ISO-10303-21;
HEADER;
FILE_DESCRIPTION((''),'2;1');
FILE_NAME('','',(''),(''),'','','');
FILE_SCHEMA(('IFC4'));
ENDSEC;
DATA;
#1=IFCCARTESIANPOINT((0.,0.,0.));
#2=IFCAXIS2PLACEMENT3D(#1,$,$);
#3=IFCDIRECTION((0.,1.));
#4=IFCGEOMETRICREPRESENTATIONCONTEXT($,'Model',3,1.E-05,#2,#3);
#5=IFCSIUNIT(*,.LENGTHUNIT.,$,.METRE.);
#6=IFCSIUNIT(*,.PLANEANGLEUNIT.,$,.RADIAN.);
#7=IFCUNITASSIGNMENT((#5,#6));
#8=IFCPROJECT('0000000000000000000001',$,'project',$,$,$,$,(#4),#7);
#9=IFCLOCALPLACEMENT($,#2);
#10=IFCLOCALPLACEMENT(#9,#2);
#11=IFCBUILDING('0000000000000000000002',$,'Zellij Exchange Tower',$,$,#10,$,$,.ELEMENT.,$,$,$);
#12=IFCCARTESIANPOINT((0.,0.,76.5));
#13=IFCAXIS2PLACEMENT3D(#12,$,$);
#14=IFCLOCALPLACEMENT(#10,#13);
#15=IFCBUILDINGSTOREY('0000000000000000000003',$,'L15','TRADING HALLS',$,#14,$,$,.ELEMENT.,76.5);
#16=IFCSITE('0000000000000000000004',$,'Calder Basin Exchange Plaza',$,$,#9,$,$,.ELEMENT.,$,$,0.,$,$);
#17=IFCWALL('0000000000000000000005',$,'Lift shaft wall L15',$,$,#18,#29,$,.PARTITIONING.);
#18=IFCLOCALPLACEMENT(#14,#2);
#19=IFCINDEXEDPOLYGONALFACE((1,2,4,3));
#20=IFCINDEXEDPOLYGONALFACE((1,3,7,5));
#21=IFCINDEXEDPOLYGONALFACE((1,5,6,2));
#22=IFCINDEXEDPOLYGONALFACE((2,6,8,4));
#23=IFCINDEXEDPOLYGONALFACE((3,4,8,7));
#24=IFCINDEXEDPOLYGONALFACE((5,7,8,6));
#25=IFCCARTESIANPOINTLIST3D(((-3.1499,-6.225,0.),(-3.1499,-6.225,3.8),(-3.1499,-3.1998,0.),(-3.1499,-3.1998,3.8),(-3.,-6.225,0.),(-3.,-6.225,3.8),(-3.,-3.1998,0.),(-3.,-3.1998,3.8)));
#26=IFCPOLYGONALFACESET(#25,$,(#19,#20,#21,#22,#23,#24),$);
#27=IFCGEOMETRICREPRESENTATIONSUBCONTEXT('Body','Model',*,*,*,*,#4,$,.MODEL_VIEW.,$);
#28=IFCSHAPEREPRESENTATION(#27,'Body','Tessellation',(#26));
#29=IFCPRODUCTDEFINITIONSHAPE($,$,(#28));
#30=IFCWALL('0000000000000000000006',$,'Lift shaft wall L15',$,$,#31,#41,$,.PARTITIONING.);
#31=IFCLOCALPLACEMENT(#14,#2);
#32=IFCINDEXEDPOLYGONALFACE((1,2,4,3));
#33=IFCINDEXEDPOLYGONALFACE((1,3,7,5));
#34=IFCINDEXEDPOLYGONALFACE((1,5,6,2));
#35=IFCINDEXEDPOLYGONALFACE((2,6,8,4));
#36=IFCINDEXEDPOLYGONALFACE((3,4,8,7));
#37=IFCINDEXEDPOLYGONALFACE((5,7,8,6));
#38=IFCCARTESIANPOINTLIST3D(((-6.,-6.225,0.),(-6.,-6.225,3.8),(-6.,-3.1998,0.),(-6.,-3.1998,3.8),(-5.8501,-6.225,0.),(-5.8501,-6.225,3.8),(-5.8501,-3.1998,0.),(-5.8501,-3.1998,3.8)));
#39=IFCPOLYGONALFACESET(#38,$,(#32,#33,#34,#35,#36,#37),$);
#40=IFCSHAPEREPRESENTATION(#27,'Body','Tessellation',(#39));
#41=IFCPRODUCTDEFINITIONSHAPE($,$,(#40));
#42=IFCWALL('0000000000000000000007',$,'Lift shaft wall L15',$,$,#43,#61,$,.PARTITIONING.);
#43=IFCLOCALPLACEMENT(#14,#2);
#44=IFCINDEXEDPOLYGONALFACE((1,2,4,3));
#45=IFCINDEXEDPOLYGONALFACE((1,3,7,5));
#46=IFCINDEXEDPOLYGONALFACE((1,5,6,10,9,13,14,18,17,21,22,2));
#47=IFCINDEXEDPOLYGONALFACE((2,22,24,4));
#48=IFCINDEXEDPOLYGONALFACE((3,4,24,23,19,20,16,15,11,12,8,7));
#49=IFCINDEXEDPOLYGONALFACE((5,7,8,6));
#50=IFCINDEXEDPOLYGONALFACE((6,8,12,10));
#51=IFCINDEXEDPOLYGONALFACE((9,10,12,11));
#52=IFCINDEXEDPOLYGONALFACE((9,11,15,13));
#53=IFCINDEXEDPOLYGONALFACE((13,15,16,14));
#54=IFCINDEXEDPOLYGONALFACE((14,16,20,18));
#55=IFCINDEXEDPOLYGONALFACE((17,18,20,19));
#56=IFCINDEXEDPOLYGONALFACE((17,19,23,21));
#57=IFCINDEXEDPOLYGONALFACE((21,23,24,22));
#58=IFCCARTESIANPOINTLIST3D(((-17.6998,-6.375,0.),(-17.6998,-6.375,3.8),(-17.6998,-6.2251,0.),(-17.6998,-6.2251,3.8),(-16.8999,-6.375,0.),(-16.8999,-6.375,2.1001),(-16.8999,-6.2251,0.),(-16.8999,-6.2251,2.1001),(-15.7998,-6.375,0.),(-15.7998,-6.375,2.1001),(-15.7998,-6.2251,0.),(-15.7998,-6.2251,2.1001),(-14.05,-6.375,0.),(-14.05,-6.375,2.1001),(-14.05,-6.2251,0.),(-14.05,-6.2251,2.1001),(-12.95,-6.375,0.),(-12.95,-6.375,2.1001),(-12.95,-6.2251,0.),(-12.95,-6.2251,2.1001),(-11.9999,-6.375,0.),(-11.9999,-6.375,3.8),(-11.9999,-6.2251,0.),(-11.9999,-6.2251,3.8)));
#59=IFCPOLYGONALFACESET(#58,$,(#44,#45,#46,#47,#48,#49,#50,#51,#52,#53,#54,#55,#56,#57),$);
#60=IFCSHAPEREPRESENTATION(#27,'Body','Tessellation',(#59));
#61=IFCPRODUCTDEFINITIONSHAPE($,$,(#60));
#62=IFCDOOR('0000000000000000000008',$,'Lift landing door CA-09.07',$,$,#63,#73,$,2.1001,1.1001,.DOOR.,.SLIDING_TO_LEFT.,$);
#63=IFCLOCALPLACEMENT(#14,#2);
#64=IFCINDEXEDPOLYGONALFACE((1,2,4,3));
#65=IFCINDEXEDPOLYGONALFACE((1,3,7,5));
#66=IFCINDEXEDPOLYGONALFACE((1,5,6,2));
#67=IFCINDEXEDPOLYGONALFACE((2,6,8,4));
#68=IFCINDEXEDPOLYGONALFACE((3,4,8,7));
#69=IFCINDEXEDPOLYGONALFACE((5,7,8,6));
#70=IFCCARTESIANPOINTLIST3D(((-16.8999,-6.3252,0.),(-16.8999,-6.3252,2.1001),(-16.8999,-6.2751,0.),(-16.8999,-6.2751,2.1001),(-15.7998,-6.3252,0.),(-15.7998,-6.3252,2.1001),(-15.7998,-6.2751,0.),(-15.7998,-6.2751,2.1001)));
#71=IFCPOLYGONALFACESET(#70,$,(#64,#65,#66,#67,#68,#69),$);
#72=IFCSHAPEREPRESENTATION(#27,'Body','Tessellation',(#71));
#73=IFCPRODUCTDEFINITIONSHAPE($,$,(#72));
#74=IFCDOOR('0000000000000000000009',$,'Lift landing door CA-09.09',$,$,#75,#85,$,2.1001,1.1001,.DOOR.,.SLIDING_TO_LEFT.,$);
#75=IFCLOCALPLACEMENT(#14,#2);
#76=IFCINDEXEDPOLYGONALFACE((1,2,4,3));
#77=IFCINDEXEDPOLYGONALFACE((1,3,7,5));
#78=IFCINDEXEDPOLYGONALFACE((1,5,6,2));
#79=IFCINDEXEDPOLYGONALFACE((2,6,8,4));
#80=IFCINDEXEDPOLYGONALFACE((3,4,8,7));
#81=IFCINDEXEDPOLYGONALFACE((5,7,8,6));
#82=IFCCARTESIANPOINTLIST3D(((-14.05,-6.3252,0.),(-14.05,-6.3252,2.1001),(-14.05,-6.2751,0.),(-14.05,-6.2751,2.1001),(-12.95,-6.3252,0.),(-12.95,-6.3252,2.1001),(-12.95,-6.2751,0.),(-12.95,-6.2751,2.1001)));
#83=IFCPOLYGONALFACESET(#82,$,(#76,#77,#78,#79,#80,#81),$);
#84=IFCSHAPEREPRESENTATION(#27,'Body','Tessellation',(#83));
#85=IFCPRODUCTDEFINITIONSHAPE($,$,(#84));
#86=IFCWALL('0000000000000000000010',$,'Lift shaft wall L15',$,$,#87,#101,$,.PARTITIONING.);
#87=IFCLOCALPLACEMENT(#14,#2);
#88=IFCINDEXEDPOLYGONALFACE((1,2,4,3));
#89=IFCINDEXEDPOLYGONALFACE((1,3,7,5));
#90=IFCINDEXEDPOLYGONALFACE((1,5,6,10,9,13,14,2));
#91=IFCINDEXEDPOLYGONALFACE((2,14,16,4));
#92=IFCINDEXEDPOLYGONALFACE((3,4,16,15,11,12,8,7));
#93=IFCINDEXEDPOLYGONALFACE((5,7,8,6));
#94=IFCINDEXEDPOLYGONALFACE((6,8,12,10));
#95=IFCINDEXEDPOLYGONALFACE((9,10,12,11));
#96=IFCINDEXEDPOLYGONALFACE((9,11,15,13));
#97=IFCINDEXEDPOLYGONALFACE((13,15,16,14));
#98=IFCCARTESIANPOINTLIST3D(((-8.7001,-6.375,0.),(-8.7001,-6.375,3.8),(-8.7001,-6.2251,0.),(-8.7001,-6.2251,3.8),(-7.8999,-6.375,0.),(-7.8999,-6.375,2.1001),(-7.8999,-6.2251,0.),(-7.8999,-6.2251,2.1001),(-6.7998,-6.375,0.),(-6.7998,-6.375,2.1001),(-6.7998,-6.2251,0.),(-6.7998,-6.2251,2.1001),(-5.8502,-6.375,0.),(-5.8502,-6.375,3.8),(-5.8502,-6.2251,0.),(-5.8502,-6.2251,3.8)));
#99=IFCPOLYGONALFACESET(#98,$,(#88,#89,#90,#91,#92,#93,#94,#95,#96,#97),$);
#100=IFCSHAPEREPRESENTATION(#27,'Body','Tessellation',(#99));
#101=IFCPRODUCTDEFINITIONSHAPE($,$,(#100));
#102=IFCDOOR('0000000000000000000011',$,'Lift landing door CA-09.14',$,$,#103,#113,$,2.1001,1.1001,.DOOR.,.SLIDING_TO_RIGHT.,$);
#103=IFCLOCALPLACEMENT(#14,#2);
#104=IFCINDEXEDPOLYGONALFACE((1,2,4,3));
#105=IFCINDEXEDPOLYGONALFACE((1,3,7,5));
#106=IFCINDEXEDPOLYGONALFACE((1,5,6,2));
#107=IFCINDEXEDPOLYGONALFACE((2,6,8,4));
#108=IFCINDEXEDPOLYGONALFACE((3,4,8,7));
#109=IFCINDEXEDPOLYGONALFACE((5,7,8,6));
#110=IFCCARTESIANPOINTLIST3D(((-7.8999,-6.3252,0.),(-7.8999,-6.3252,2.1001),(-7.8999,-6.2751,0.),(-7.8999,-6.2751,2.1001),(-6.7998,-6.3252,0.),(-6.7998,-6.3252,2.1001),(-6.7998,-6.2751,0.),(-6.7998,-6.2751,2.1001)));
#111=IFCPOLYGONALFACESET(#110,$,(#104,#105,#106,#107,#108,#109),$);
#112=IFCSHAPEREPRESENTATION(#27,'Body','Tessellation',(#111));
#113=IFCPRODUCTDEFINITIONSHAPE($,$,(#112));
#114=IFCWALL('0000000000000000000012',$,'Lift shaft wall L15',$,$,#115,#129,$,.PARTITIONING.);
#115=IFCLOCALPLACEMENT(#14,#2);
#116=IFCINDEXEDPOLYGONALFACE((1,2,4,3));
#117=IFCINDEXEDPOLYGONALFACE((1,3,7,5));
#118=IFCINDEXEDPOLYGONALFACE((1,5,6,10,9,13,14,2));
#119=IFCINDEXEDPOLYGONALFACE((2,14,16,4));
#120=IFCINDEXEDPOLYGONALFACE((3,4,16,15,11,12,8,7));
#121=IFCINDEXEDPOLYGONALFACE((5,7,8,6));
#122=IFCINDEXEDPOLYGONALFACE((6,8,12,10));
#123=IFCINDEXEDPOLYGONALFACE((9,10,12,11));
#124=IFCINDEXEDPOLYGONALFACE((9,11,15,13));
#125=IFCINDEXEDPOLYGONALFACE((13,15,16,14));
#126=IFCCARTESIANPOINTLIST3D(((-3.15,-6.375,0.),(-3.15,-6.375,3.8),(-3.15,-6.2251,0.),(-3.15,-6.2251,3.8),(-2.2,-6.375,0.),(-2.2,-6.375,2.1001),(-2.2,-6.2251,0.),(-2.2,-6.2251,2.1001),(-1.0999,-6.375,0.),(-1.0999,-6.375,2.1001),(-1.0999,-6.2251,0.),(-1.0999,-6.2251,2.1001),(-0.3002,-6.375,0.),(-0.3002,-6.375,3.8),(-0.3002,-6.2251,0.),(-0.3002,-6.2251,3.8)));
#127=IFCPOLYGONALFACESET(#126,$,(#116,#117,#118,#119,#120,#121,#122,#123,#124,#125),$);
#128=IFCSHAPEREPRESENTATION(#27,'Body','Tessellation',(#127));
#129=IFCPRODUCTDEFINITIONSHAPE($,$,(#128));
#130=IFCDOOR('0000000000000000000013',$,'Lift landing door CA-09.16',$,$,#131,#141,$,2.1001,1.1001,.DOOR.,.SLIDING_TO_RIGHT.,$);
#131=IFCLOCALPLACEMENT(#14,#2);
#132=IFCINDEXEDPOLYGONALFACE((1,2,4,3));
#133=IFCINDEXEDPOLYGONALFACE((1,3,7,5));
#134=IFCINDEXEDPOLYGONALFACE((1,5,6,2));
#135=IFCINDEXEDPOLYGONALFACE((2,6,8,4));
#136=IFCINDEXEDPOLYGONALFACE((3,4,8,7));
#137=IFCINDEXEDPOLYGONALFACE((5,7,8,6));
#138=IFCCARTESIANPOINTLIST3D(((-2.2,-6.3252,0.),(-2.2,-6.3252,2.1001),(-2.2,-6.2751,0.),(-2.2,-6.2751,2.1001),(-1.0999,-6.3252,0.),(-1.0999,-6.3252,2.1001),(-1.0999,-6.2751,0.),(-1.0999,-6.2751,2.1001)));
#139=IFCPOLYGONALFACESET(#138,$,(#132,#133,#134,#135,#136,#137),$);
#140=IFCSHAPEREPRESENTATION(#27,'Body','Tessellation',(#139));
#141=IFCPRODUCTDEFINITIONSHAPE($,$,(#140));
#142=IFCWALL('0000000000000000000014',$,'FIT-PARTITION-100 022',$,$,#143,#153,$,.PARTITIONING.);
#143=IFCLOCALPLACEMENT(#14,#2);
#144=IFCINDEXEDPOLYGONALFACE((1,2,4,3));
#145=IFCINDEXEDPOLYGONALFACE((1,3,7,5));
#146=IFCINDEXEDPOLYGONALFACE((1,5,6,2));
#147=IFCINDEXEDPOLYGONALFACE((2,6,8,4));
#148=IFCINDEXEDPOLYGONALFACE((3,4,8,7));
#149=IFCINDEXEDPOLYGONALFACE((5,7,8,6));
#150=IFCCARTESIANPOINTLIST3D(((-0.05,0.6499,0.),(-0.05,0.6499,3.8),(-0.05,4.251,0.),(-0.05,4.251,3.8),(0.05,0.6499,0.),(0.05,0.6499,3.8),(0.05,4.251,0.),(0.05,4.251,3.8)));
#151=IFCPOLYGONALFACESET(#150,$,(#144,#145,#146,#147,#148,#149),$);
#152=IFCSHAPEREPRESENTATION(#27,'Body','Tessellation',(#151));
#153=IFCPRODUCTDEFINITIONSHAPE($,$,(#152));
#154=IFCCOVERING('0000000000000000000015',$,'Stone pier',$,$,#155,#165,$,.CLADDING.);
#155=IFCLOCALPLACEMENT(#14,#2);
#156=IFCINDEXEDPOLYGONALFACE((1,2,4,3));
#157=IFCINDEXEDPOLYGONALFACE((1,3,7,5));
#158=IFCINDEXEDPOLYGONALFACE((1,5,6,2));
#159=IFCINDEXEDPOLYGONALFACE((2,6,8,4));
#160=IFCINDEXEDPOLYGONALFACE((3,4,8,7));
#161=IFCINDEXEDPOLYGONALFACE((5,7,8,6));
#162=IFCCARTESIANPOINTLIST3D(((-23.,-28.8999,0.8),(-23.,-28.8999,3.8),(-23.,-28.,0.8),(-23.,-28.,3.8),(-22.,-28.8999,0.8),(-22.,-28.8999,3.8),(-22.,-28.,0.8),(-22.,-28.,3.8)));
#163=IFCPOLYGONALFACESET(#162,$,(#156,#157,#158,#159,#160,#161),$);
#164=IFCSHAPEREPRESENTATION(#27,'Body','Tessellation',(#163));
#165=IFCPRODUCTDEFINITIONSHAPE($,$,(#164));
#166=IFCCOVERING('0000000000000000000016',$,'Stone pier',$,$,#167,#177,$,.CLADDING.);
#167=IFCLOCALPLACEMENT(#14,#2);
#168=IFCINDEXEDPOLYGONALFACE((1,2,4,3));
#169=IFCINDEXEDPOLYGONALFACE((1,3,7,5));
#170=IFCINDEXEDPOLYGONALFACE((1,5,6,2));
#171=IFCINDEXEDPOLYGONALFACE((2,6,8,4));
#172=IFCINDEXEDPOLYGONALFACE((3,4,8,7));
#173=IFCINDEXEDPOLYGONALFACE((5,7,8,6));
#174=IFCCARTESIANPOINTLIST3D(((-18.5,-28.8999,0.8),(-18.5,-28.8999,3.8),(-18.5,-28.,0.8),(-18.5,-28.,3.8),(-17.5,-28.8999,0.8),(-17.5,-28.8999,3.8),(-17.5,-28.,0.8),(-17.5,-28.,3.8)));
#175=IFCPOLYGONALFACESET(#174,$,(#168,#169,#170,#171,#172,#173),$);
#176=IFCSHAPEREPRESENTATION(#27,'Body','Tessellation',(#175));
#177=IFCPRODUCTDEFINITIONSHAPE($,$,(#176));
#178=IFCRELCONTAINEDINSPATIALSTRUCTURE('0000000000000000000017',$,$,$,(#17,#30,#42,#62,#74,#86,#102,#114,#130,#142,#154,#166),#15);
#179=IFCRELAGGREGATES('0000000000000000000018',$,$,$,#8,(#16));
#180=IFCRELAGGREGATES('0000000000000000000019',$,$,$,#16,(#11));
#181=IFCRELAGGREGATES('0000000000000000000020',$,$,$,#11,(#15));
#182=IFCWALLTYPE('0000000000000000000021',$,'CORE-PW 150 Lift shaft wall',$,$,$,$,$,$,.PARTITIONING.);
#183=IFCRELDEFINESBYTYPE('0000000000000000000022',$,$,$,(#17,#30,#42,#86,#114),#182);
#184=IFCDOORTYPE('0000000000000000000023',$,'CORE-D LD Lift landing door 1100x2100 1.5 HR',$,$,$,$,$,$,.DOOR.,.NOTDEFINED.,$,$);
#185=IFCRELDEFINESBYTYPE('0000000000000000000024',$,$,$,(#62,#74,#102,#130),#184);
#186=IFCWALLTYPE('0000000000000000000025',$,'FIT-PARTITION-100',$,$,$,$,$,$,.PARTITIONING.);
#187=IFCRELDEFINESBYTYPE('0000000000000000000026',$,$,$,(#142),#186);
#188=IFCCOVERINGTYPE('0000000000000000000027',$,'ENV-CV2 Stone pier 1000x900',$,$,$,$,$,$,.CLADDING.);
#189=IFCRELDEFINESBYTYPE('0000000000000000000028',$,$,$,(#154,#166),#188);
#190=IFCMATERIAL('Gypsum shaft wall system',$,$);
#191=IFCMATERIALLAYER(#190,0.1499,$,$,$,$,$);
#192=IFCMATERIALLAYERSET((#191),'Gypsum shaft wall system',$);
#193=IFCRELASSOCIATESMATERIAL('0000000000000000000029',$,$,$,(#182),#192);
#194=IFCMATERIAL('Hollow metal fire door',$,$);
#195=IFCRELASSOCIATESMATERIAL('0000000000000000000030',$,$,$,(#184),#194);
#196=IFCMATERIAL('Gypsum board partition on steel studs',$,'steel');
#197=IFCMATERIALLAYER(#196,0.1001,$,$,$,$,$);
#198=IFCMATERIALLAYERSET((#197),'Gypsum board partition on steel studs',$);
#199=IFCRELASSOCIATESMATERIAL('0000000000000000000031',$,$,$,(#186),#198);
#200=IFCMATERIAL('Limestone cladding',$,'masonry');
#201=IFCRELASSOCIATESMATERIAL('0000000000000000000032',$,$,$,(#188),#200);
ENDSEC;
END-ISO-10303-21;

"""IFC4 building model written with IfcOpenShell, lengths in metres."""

from ifc_helpers import new_model, si_unit, direction, frame, frame_2d, origin, place, context, subcontext, project, spatial, polyline, rectangle, outline, extrude, material, layer, layer_set, type_object, element, fill, save


model = new_model("IFC4")

# Units and contexts
model_context = context("Model", 3, precision=1e-05, world=origin(), true_north=direction((0.0, 1.0)))
body_context = subcontext(model_context, "Body", "Model", "MODEL_VIEW")
ifc_project = project(units=[si_unit("LENGTHUNIT", "METRE"), si_unit("PLANEANGLEUNIT", "RADIAN")], contexts=[model_context])

# Site, building, storey
site_placement = place(None, origin())
site = spatial("IfcSite", under=ifc_project, at=site_placement, Name="Calder Basin Exchange Plaza", CompositionType="ELEMENT", RefElevation=0.0)
building_placement = place(site_placement, origin())
building = spatial("IfcBuilding", under=site, at=building_placement, Name="Zellij Exchange Tower", CompositionType="ELEMENT")
storey_placement = place(building_placement, frame((0.0, 0.0, 76.5)))
storey = spatial("IfcBuildingStorey", under=building, at=storey_placement, Name="L15", Description="TRADING HALLS", CompositionType="ELEMENT", Elevation=76.5)

# Walls
ifc_material_1 = material(Name="Gypsum shaft wall system")
ifc_layer_1 = layer(ifc_material_1, 0.1499)
ifc_layer_set_1 = layer_set([ifc_layer_1], Name="Gypsum shaft wall system")
wall_type_1 = type_object("IfcWallType", Name="CORE-PW 150 Lift shaft wall", PredefinedType="PARTITIONING", material=ifc_layer_set_1)
for number, where, z_axis, x_axis, name in (
    (1, (-3.075, -6.2251, 0.0), (0.0, 0.0, 1.0), (0.0, 1.0, 0.0), "Lift shaft wall L15"),
    (2, (-5.925, -6.2251, 0.0), (0.0, 0.0, 1.0), (0.0, 1.0, 0.0), "Lift shaft wall L15"),
):
    element("IfcWall", number, at=place(storey_placement, frame(where, z_axis=z_axis, x_axis=x_axis)), inside=storey, type_object=wall_type_1, Name=name, PredefinedType="PARTITIONING", context=body_context, shape_type="SweptSolid", body=[
        extrude(rectangle(XDim=3.0251, YDim=0.1499, at=frame_2d((1.5127, 0.0))), origin(), (0.0, 0.0, 1.0), 3.8),
    ])

# Wall, openings, doors
wall_1_placement = place(storey_placement, frame((-17.7, -6.3, 0.0), z_axis=(0.0, 0.0, 1.0), x_axis=(1.0, 0.0, 0.0)))
wall_1 = element("IfcWall", 3, at=wall_1_placement, inside=storey, type_object=wall_type_1, Name="Lift shaft wall L15", PredefinedType="PARTITIONING", context=body_context, shape_type="SweptSolid", body=[
    extrude(rectangle(XDim=5.7, YDim=0.1499, at=frame_2d((2.8501, 0.0))), origin(), (0.0, 0.0, 1.0), 3.8),
])
opening_1_placement = place(wall_1_placement, frame((0.8, 0.0, 0.0)))
opening_1 = element("IfcOpeningElement", 4, at=opening_1_placement, cuts=wall_1, PredefinedType="OPENING", context=body_context, shape_type="SweptSolid", body=[
    extrude(rectangle(XDim=1.1001, YDim=2.1001, at=frame_2d((0.55, 1.05))), frame((0.0, 0.0869, 0.0), z_axis=(0.0, -1.0, 0.0), x_axis=(1.0, 0.0, 0.0)), (0.0, 0.0, 1.0), 0.1738),
])
opening_2_placement = place(wall_1_placement, frame((3.6499, 0.0, 0.0)))
opening_2 = element("IfcOpeningElement", 5, at=opening_2_placement, cuts=wall_1, PredefinedType="OPENING", context=body_context, shape_type="SweptSolid", body=[
    extrude(rectangle(XDim=1.1001, YDim=2.1001, at=frame_2d((0.55, 1.05))), frame((0.0, 0.0869, 0.0), z_axis=(0.0, -1.0, 0.0), x_axis=(1.0, 0.0, 0.0)), (0.0, 0.0, 1.0), 0.1738),
])
ifc_material_2 = material(Name="Hollow metal fire door")
door_type = type_object("IfcDoorType", Name="CORE-D LD Lift landing door 1100x2100 1.5 HR", OperationType="NOTDEFINED", PredefinedType="DOOR", material=ifc_material_2)
door_1_placement = place(opening_1_placement, origin())
door_1 = element("IfcDoor", 6, at=door_1_placement, inside=storey, type_object=door_type, Name="Lift landing door CA-09.07", OperationType="SLIDING_TO_LEFT", OverallHeight=2.1001, OverallWidth=1.1001, PredefinedType="DOOR", context=body_context, shape_type="SweptSolid", body=[
    extrude(rectangle(XDim=1.1001, YDim=2.1001, at=frame_2d((0.55, 1.05))), frame((0.0, 0.0249, 0.0), z_axis=(0.0, -1.0, 0.0), x_axis=(1.0, 0.0, 0.0)), (0.0, 0.0, 1.0), 0.05),
])
fill(opening_1, door_1)
door_2_placement = place(opening_2_placement, origin())
door_2 = element("IfcDoor", 7, at=door_2_placement, inside=storey, type_object=door_type, Name="Lift landing door CA-09.09", OperationType="SLIDING_TO_LEFT", OverallHeight=2.1001, OverallWidth=1.1001, PredefinedType="DOOR", context=body_context, shape_type="SweptSolid", body=[
    extrude(rectangle(XDim=1.1001, YDim=2.1001, at=frame_2d((0.55, 1.05))), frame((0.0, 0.0249, 0.0), z_axis=(0.0, -1.0, 0.0), x_axis=(1.0, 0.0, 0.0)), (0.0, 0.0, 1.0), 0.05),
])
fill(opening_2, door_2)

# Walls, openings, doors
wall_2_placement = place(storey_placement, frame((-8.7, -6.3, 0.0), z_axis=(0.0, 0.0, 1.0), x_axis=(1.0, 0.0, 0.0)))
wall_2 = element("IfcWall", 8, at=wall_2_placement, inside=storey, type_object=wall_type_1, Name="Lift shaft wall L15", PredefinedType="PARTITIONING", context=body_context, shape_type="SweptSolid", body=[
    extrude(rectangle(XDim=2.8499, YDim=0.1499, at=frame_2d((1.4248, 0.0))), origin(), (0.0, 0.0, 1.0), 3.8),
])
opening_3_placement = place(wall_2_placement, frame((0.8, 0.0, 0.0)))
opening_3 = element("IfcOpeningElement", 9, at=opening_3_placement, cuts=wall_2, PredefinedType="OPENING", context=body_context, shape_type="SweptSolid", body=[
    extrude(rectangle(XDim=1.1001, YDim=2.1001, at=frame_2d((0.55, 1.05))), frame((0.0, 0.0869, 0.0), z_axis=(0.0, -1.0, 0.0), x_axis=(1.0, 0.0, 0.0)), (0.0, 0.0, 1.0), 0.1738),
])
door_3_placement = place(opening_3_placement, origin())
door_3 = element("IfcDoor", 10, at=door_3_placement, inside=storey, type_object=door_type, Name="Lift landing door CA-09.14", OperationType="SLIDING_TO_RIGHT", OverallHeight=2.1001, OverallWidth=1.1001, PredefinedType="DOOR", context=body_context, shape_type="SweptSolid", body=[
    extrude(rectangle(XDim=1.1001, YDim=2.1001, at=frame_2d((0.55, 1.05))), frame((0.0, 0.0249, 0.0), z_axis=(0.0, -1.0, 0.0), x_axis=(1.0, 0.0, 0.0)), (0.0, 0.0, 1.0), 0.05),
])
fill(opening_3, door_3)
wall_3_placement = place(storey_placement, frame((-3.1499, -6.3, 0.0), z_axis=(0.0, 0.0, 1.0), x_axis=(1.0, 0.0, 0.0)))
wall_3 = element("IfcWall", 11, at=wall_3_placement, inside=storey, type_object=wall_type_1, Name="Lift shaft wall L15", PredefinedType="PARTITIONING", context=body_context, shape_type="SweptSolid", body=[
    extrude(rectangle(XDim=2.8499, YDim=0.1499, at=frame_2d((1.4248, 0.0))), origin(), (0.0, 0.0, 1.0), 3.8),
])
opening_4_placement = place(wall_3_placement, frame((0.95, 0.0, 0.0)))
opening_4 = element("IfcOpeningElement", 12, at=opening_4_placement, cuts=wall_3, PredefinedType="OPENING", context=body_context, shape_type="SweptSolid", body=[
    extrude(rectangle(XDim=1.1001, YDim=2.1001, at=frame_2d((0.55, 1.05))), frame((0.0, 0.0869, 0.0), z_axis=(0.0, -1.0, 0.0), x_axis=(1.0, 0.0, 0.0)), (0.0, 0.0, 1.0), 0.1738),
])
door_4_placement = place(opening_4_placement, origin())
door_4 = element("IfcDoor", 13, at=door_4_placement, inside=storey, type_object=door_type, Name="Lift landing door CA-09.16", OperationType="SLIDING_TO_RIGHT", OverallHeight=2.1001, OverallWidth=1.1001, PredefinedType="DOOR", context=body_context, shape_type="SweptSolid", body=[
    extrude(rectangle(XDim=1.1001, YDim=2.1001, at=frame_2d((0.55, 1.05))), frame((0.0, 0.0249, 0.0), z_axis=(0.0, -1.0, 0.0), x_axis=(1.0, 0.0, 0.0)), (0.0, 0.0, 1.0), 0.05),
])
fill(opening_4, door_4)

# Wall
ifc_material_3 = material(Name="Gypsum board partition on steel studs", Category="steel")
ifc_layer_2 = layer(ifc_material_3, 0.1001)
ifc_layer_set_2 = layer_set([ifc_layer_2], Name="Gypsum board partition on steel studs")
wall_type_2 = type_object("IfcWallType", Name="FIT-PARTITION-100", PredefinedType="PARTITIONING", material=ifc_layer_set_2)
wall_4_placement = place(storey_placement, frame((0.0, 0.6499, 0.0), z_axis=(0.0, 0.0, 1.0), x_axis=(0.0, 1.0, 0.0)))
element("IfcWall", 14, at=wall_4_placement, inside=storey, type_object=wall_type_2, Name="FIT-PARTITION-100 022", PredefinedType="PARTITIONING", context=body_context, shape_type="SweptSolid", body=[
    extrude(rectangle(XDim=3.6011, YDim=0.1001, at=frame_2d((1.8005, 0.0))), origin(), (0.0, 0.0, 1.0), 3.8),
])

# Coverings
ifc_material_4 = material(Name="Limestone cladding", Category="masonry")
covering_type = type_object("IfcCoveringType", Name="ENV-CV2 Stone pier 1000x900", PredefinedType="CLADDING", material=ifc_material_4)
covering_1_placement = place(storey_placement, frame((0.0, 0.0, 0.8)))
element("IfcCovering", 15, at=covering_1_placement, inside=storey, type_object=covering_type, Name="Stone pier", PredefinedType="CLADDING", context=body_context, shape_type="SweptSolid", body=[
    extrude(outline(polyline([(-23.0, -28.0), (-22.0, -28.0), (-22.0, -28.8999), (-23.0, -28.8999), (-23.0, -28.0)])), origin(), (0.0, 0.0, 1.0), 3.0),
])
covering_2_placement = place(storey_placement, frame((0.0, 0.0, 0.8)))
element("IfcCovering", 16, at=covering_2_placement, inside=storey, type_object=covering_type, Name="Stone pier", PredefinedType="CLADDING", context=body_context, shape_type="SweptSolid", body=[
    extrude(outline(polyline([(-18.5, -28.0), (-17.5, -28.0), (-17.5, -28.8999), (-18.5, -28.8999), (-18.5, -28.0)])), origin(), (0.0, 0.0, 1.0), 3.0),
])

save(model, "model.ifc")
